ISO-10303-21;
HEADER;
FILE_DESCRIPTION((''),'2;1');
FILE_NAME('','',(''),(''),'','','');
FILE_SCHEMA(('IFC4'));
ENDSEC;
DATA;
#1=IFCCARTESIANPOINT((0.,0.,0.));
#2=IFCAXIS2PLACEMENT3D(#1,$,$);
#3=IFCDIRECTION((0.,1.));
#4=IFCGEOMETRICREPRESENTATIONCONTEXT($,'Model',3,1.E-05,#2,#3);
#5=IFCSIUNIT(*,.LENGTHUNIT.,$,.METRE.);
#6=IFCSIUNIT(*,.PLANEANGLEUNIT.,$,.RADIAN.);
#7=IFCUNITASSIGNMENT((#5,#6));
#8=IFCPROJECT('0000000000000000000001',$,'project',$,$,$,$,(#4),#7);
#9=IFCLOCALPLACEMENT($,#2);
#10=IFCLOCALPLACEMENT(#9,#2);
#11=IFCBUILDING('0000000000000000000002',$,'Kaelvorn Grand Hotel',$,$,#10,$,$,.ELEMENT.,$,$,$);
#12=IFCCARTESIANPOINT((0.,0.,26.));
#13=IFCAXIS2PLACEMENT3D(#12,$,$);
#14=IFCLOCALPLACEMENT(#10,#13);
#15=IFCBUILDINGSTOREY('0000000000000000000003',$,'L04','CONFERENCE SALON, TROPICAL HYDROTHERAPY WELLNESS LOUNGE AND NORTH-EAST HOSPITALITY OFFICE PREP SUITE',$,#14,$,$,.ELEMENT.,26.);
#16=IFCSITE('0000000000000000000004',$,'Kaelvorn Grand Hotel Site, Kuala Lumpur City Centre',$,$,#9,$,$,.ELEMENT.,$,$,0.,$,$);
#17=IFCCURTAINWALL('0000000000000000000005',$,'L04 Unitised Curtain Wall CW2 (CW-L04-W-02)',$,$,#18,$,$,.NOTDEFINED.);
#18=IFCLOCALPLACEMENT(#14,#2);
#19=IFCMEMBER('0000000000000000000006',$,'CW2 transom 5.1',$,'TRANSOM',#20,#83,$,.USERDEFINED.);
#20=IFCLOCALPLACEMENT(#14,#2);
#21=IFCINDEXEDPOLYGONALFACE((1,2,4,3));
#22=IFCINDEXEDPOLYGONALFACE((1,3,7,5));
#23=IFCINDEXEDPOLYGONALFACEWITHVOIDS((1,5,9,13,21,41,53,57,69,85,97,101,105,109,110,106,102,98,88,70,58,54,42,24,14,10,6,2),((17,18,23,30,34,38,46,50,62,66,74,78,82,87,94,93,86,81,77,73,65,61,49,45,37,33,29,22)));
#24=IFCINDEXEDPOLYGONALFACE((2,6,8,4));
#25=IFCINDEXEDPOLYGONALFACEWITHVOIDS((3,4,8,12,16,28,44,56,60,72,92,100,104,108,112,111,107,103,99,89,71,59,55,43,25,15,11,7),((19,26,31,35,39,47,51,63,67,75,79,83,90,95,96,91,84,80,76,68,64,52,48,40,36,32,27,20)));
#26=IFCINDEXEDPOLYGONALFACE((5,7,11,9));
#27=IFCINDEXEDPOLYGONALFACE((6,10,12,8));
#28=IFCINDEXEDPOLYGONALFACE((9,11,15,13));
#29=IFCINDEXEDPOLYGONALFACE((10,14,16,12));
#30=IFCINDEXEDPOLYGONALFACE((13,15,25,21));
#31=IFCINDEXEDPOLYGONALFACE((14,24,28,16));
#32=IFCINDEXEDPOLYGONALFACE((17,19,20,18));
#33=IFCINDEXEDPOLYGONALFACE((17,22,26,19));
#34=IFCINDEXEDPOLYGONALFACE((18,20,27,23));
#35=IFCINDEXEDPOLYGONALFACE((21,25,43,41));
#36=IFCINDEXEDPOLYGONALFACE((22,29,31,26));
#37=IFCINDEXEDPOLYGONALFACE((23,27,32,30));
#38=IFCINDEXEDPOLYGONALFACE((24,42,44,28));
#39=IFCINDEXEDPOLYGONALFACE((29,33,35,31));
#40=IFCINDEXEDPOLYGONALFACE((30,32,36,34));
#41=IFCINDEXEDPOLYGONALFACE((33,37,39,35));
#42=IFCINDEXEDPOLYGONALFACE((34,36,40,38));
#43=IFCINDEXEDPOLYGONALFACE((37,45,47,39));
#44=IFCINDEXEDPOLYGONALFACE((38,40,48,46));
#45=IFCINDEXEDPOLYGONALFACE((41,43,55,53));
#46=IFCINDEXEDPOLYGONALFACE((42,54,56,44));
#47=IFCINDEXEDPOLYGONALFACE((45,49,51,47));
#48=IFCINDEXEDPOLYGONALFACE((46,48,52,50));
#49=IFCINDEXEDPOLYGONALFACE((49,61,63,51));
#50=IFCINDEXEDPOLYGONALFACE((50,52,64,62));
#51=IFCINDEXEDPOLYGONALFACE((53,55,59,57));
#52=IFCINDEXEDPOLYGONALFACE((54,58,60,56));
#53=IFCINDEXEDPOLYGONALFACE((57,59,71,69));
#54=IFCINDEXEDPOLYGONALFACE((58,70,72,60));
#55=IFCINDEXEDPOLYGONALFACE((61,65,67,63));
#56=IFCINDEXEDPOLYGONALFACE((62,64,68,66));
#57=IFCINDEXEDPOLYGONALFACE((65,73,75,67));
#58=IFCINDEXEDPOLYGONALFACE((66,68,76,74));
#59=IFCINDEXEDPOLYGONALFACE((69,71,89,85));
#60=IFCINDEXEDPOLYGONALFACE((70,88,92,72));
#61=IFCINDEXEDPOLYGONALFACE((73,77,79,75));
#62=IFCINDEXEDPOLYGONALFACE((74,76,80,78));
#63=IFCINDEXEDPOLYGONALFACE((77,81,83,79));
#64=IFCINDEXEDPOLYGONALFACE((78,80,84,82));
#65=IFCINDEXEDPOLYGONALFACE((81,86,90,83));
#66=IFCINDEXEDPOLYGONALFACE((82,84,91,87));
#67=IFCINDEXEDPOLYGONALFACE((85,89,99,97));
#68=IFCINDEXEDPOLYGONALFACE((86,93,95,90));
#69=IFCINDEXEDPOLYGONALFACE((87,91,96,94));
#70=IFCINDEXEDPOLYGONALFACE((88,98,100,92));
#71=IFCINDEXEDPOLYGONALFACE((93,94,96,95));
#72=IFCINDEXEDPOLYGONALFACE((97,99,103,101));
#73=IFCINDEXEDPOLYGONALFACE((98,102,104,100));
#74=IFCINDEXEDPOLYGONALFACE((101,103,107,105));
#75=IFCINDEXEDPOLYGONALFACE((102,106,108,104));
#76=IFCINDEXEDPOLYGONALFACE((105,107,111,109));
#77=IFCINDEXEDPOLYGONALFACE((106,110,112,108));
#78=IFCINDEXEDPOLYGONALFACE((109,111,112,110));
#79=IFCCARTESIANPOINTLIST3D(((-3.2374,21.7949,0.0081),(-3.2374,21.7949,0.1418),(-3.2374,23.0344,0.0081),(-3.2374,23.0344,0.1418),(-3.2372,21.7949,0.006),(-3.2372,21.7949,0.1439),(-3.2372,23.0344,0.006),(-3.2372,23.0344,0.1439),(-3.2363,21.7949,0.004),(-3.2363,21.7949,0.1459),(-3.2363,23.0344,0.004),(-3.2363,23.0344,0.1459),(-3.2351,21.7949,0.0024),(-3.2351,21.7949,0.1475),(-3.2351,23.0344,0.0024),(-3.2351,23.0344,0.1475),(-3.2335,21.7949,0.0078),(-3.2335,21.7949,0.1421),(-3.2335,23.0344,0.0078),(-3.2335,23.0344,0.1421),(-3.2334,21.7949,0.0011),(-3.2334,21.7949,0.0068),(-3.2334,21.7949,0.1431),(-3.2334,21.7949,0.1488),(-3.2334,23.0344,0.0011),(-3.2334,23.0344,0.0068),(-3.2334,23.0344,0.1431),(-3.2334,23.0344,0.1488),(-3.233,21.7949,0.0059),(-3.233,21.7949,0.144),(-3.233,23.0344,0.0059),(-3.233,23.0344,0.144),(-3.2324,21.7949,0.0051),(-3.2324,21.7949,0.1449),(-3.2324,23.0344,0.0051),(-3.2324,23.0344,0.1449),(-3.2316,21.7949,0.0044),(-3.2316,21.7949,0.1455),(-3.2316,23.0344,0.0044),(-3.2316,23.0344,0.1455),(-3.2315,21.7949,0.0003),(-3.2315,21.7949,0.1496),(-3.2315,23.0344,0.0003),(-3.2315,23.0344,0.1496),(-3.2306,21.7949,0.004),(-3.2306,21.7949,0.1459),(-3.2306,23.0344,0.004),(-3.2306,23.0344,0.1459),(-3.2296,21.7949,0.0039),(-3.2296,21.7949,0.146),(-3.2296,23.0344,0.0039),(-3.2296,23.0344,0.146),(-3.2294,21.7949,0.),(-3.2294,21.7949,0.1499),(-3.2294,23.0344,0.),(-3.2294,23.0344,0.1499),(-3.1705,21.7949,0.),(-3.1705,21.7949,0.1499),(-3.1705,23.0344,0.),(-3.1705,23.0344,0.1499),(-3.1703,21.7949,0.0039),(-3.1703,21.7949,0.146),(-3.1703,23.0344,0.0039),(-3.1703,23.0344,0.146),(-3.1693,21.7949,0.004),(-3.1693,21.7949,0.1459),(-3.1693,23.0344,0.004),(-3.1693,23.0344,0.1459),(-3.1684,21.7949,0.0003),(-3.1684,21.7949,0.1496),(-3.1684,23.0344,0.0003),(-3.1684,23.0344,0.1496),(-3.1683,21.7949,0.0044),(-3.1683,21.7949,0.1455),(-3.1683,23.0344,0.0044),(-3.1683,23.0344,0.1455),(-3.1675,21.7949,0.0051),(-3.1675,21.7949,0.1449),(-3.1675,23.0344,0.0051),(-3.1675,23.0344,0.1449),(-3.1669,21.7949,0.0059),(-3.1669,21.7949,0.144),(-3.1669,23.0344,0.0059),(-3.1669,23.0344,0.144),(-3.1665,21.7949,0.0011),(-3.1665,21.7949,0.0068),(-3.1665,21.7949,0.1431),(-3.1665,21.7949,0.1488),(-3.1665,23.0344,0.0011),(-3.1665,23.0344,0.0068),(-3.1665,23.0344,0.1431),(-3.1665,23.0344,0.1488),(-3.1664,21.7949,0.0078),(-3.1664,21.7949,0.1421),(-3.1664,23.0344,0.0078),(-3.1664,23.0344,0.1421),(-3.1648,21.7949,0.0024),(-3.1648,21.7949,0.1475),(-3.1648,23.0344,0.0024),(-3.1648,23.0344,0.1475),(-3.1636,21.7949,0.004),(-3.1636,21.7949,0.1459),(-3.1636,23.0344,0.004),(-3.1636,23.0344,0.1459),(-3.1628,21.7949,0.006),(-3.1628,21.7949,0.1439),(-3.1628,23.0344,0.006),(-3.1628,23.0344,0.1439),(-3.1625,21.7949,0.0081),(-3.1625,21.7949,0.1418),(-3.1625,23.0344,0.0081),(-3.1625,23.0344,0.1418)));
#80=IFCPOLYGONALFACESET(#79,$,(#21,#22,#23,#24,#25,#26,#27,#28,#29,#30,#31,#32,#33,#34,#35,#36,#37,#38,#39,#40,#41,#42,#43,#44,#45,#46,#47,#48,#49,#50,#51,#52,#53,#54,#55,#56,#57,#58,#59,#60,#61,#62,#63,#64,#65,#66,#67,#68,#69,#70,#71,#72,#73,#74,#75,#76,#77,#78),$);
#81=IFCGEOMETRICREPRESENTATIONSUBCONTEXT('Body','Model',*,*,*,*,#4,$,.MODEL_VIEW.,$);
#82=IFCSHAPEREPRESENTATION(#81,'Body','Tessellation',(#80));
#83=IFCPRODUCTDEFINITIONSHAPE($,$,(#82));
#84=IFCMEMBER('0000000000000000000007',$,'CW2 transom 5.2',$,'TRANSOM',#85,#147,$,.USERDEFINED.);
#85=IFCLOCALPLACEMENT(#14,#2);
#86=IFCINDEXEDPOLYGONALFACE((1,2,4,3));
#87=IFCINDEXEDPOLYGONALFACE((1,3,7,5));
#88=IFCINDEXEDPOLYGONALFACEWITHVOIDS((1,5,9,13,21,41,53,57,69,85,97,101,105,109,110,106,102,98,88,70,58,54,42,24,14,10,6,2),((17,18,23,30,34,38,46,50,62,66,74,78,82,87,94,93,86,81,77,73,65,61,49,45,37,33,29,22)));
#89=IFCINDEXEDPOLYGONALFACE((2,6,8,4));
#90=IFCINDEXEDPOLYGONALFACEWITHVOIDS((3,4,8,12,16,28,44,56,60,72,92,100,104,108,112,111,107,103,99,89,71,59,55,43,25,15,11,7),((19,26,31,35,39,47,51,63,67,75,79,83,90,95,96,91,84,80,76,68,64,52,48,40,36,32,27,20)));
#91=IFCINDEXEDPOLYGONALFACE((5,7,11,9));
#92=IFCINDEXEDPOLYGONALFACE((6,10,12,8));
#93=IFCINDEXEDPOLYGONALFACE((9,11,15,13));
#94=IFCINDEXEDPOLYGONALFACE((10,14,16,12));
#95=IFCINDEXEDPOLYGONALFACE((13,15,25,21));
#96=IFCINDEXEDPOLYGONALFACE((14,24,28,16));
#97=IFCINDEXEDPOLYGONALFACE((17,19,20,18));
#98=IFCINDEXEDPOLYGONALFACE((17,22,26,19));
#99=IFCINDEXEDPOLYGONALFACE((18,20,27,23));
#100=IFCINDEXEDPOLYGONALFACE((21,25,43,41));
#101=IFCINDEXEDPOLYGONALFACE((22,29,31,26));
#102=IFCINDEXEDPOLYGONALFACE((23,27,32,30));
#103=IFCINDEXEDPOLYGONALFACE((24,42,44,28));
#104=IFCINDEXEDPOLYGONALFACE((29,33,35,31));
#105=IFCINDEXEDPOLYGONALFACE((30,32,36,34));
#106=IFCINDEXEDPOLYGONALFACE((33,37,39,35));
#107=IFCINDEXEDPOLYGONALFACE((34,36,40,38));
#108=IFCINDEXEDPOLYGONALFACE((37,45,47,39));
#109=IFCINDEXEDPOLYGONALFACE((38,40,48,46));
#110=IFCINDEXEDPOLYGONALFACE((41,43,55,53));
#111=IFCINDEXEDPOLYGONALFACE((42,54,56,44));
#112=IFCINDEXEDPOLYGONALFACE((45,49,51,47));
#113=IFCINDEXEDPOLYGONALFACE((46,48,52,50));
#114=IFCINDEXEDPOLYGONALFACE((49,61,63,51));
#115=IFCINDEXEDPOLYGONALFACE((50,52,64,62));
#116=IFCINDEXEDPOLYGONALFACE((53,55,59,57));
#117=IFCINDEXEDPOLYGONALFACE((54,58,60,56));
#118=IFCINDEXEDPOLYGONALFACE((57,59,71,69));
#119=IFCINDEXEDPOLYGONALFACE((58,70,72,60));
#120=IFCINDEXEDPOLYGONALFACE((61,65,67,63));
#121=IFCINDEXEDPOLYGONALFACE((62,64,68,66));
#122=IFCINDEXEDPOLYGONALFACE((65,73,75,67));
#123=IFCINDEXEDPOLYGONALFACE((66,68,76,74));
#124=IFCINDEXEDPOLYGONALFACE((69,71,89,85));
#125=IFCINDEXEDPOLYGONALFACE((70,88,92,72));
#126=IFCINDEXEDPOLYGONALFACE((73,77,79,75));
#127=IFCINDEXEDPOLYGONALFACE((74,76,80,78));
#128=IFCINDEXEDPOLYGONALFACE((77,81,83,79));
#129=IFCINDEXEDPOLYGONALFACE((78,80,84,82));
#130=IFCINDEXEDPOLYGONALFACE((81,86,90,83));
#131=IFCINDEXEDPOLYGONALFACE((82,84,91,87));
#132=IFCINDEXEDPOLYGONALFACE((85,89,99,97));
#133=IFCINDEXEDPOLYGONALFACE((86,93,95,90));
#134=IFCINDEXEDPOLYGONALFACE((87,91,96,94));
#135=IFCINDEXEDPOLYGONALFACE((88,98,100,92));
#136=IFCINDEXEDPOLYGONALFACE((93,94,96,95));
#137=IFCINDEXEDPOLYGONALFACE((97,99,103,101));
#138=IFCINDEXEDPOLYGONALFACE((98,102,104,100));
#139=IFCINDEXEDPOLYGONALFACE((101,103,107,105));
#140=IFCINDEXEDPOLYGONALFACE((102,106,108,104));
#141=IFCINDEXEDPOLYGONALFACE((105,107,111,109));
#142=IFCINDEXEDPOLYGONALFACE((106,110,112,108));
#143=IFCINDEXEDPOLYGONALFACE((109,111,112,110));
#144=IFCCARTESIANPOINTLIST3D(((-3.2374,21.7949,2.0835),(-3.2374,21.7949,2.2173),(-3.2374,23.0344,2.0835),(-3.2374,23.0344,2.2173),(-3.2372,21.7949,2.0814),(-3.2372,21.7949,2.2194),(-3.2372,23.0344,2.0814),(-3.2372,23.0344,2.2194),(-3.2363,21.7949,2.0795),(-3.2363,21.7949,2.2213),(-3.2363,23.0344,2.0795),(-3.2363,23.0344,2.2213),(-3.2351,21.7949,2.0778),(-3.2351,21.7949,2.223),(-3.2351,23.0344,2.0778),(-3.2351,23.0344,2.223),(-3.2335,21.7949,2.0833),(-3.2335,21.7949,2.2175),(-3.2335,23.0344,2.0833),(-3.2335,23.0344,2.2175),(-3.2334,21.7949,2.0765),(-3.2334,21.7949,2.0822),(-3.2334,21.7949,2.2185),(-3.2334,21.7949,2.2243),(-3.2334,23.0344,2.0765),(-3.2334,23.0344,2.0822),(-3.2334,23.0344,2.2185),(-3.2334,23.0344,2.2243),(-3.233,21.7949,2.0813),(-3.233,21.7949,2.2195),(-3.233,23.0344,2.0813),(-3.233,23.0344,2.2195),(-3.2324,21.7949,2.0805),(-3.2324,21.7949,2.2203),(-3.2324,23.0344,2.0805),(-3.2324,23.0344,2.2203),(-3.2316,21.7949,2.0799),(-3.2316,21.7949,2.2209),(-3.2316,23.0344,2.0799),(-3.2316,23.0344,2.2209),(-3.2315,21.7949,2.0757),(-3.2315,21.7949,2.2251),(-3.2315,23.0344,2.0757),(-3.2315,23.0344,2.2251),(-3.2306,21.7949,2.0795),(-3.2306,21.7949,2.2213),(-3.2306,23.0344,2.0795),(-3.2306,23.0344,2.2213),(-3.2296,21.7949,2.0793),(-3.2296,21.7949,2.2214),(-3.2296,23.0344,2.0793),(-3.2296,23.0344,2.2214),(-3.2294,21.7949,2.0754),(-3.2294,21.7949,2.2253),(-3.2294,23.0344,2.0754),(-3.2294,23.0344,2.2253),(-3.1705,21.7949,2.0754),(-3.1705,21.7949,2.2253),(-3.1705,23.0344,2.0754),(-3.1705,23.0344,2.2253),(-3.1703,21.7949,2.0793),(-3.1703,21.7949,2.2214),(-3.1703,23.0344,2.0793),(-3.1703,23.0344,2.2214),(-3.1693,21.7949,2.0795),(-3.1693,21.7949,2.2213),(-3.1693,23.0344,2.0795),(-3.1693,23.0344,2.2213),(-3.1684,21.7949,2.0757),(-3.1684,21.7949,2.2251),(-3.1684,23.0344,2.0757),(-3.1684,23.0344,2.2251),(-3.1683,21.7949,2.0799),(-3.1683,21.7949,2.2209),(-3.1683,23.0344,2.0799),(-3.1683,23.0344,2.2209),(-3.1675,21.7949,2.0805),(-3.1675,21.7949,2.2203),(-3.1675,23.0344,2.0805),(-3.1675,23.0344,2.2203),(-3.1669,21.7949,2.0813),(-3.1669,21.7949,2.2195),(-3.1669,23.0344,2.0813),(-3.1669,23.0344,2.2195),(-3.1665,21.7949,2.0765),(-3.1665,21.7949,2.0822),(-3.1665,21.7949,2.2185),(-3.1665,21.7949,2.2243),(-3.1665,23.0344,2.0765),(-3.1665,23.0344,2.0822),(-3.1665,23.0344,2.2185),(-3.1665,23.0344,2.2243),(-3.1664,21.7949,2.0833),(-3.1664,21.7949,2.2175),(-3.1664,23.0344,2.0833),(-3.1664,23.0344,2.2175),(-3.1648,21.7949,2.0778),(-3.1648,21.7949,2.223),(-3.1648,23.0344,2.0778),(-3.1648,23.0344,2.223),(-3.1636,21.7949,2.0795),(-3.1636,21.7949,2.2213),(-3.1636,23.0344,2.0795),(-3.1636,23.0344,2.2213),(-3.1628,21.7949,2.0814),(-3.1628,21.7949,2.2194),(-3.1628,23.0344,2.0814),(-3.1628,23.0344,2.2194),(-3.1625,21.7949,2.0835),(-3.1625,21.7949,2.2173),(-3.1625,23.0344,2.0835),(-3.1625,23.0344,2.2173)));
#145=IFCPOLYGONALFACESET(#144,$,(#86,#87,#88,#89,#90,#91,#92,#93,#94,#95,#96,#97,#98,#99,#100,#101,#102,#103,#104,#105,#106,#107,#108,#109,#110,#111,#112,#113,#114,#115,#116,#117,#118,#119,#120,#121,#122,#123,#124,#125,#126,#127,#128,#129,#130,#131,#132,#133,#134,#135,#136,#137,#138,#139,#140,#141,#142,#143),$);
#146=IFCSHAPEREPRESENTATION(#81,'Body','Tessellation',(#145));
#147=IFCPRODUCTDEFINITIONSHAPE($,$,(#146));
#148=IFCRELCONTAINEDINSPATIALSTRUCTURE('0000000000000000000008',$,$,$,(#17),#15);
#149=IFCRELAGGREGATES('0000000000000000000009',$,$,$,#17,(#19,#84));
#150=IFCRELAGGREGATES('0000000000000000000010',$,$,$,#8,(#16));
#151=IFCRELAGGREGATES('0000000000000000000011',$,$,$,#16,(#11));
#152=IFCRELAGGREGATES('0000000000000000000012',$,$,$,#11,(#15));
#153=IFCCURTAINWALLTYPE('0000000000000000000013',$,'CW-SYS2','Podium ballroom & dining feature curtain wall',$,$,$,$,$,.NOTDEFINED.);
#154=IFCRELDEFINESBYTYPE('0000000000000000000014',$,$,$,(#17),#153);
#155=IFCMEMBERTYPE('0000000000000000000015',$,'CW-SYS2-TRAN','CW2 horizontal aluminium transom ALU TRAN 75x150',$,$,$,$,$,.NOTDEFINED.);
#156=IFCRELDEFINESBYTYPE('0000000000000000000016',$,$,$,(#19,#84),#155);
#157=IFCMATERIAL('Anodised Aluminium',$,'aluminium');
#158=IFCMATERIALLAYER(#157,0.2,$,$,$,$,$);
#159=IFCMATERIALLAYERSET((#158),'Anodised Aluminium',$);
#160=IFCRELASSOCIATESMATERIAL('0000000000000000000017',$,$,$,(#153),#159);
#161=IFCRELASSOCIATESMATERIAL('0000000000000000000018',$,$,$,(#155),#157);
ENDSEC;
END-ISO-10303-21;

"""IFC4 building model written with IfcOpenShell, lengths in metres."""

from ifc_helpers import new_model, si_unit, direction, frame, origin, origin_2d, place, context, subcontext, project, spatial, hollow_rectangle, extrude, material, layer, layer_set, material_profile, profile_set, type_object, element, aggregate, save


model = new_model("IFC4")

# Units and contexts
model_context = context("Model", 3, precision=1e-05, world=origin(), true_north=direction((0.0, 1.0)))
body_context = subcontext(model_context, "Body", "Model", "MODEL_VIEW")
ifc_project = project(units=[si_unit("LENGTHUNIT", "METRE"), si_unit("PLANEANGLEUNIT", "RADIAN")], contexts=[model_context])

# Site, building, storey
site_placement = place(None, origin())
site = spatial("IfcSite", under=ifc_project, at=site_placement, Name="Kaelvorn Grand Hotel Site, Kuala Lumpur City Centre", CompositionType="ELEMENT", RefElevation=0.0)
building_placement = place(site_placement, origin())
building = spatial("IfcBuilding", under=site, at=building_placement, Name="Kaelvorn Grand Hotel", CompositionType="ELEMENT")
storey_placement = place(building_placement, frame((0.0, 0.0, 26.0)))
storey = spatial("IfcBuildingStorey", under=building, at=storey_placement, Name="L04", Description="CONFERENCE SALON, TROPICAL HYDROTHERAPY WELLNESS LOUNGE AND NORTH-EAST HOSPITALITY OFFICE PREP SUITE", CompositionType="ELEMENT", Elevation=26.0)

# Curtain wall
ifc_material_1 = material(Name="Anodised Aluminium", Category="aluminium")
ifc_layer_1 = layer(ifc_material_1, 0.2)
ifc_layer_set_1 = layer_set([ifc_layer_1], Name="Anodised Aluminium")
curtain_wall_type = type_object("IfcCurtainWallType", Name="CW-SYS2", Description="Podium ballroom & dining feature curtain wall", PredefinedType="NOTDEFINED", material=ifc_layer_set_1)
curtain_wall_1_placement = place(storey_placement, origin())
curtain_wall_1 = element("IfcCurtainWall", 1, at=curtain_wall_1_placement, inside=storey, type_object=curtain_wall_type, Name="L04 Unitised Curtain Wall CW2 (CW-L04-W-02)", PredefinedType="NOTDEFINED")

# Members
ifc_material_profile_1 = material_profile(ifc_material_1, hollow_rectangle(XDim=0.075, YDim=0.1499, WallThickness=0.0039, InnerFilletRadius=0.0039, OuterFilletRadius=0.0081, at=origin_2d()), Name="ALU TRAN 75x150")
ifc_profile_set_1 = profile_set([ifc_material_profile_1], Name="Anodised Aluminium")
member_type_1 = type_object("IfcMemberType", Name="CW-SYS2-TRAN", Description="CW2 horizontal aluminium transom ALU TRAN 75x150", PredefinedType="NOTDEFINED", material=ifc_profile_set_1)
member_1_placement = place(storey_placement, frame((-3.2, 23.0344, 0.075), z_axis=(0.0, -1.0, 0.0), x_axis=(1.0, 0.0, 0.0)))
member_1 = element("IfcMember", 2, at=member_1_placement, type_object=member_type_1, Name="CW2 transom 5.1", ObjectType="TRANSOM", PredefinedType="USERDEFINED", context=body_context, shape_type="SweptSolid", body=[
    extrude(hollow_rectangle(XDim=0.075, YDim=0.1499, WallThickness=0.0039, InnerFilletRadius=0.0039, OuterFilletRadius=0.0081, at=origin_2d()), origin(), (0.0, 0.0, 1.0), 1.2395),
])
member_2_placement = place(storey_placement, frame((-3.2, 23.0344, 2.1504), z_axis=(0.0, -1.0, 0.0), x_axis=(1.0, 0.0, 0.0)))
member_2 = element("IfcMember", 3, at=member_2_placement, type_object=member_type_1, Name="CW2 transom 5.2", ObjectType="TRANSOM", PredefinedType="USERDEFINED", context=body_context, shape_type="SweptSolid", body=[
    extrude(hollow_rectangle(XDim=0.075, YDim=0.1499, WallThickness=0.0039, InnerFilletRadius=0.0039, OuterFilletRadius=0.0081, at=origin_2d()), origin(), (0.0, 0.0, 1.0), 1.2395),
])

aggregate(curtain_wall_1, [member_1, member_2])

save(model, "model.ifc")
